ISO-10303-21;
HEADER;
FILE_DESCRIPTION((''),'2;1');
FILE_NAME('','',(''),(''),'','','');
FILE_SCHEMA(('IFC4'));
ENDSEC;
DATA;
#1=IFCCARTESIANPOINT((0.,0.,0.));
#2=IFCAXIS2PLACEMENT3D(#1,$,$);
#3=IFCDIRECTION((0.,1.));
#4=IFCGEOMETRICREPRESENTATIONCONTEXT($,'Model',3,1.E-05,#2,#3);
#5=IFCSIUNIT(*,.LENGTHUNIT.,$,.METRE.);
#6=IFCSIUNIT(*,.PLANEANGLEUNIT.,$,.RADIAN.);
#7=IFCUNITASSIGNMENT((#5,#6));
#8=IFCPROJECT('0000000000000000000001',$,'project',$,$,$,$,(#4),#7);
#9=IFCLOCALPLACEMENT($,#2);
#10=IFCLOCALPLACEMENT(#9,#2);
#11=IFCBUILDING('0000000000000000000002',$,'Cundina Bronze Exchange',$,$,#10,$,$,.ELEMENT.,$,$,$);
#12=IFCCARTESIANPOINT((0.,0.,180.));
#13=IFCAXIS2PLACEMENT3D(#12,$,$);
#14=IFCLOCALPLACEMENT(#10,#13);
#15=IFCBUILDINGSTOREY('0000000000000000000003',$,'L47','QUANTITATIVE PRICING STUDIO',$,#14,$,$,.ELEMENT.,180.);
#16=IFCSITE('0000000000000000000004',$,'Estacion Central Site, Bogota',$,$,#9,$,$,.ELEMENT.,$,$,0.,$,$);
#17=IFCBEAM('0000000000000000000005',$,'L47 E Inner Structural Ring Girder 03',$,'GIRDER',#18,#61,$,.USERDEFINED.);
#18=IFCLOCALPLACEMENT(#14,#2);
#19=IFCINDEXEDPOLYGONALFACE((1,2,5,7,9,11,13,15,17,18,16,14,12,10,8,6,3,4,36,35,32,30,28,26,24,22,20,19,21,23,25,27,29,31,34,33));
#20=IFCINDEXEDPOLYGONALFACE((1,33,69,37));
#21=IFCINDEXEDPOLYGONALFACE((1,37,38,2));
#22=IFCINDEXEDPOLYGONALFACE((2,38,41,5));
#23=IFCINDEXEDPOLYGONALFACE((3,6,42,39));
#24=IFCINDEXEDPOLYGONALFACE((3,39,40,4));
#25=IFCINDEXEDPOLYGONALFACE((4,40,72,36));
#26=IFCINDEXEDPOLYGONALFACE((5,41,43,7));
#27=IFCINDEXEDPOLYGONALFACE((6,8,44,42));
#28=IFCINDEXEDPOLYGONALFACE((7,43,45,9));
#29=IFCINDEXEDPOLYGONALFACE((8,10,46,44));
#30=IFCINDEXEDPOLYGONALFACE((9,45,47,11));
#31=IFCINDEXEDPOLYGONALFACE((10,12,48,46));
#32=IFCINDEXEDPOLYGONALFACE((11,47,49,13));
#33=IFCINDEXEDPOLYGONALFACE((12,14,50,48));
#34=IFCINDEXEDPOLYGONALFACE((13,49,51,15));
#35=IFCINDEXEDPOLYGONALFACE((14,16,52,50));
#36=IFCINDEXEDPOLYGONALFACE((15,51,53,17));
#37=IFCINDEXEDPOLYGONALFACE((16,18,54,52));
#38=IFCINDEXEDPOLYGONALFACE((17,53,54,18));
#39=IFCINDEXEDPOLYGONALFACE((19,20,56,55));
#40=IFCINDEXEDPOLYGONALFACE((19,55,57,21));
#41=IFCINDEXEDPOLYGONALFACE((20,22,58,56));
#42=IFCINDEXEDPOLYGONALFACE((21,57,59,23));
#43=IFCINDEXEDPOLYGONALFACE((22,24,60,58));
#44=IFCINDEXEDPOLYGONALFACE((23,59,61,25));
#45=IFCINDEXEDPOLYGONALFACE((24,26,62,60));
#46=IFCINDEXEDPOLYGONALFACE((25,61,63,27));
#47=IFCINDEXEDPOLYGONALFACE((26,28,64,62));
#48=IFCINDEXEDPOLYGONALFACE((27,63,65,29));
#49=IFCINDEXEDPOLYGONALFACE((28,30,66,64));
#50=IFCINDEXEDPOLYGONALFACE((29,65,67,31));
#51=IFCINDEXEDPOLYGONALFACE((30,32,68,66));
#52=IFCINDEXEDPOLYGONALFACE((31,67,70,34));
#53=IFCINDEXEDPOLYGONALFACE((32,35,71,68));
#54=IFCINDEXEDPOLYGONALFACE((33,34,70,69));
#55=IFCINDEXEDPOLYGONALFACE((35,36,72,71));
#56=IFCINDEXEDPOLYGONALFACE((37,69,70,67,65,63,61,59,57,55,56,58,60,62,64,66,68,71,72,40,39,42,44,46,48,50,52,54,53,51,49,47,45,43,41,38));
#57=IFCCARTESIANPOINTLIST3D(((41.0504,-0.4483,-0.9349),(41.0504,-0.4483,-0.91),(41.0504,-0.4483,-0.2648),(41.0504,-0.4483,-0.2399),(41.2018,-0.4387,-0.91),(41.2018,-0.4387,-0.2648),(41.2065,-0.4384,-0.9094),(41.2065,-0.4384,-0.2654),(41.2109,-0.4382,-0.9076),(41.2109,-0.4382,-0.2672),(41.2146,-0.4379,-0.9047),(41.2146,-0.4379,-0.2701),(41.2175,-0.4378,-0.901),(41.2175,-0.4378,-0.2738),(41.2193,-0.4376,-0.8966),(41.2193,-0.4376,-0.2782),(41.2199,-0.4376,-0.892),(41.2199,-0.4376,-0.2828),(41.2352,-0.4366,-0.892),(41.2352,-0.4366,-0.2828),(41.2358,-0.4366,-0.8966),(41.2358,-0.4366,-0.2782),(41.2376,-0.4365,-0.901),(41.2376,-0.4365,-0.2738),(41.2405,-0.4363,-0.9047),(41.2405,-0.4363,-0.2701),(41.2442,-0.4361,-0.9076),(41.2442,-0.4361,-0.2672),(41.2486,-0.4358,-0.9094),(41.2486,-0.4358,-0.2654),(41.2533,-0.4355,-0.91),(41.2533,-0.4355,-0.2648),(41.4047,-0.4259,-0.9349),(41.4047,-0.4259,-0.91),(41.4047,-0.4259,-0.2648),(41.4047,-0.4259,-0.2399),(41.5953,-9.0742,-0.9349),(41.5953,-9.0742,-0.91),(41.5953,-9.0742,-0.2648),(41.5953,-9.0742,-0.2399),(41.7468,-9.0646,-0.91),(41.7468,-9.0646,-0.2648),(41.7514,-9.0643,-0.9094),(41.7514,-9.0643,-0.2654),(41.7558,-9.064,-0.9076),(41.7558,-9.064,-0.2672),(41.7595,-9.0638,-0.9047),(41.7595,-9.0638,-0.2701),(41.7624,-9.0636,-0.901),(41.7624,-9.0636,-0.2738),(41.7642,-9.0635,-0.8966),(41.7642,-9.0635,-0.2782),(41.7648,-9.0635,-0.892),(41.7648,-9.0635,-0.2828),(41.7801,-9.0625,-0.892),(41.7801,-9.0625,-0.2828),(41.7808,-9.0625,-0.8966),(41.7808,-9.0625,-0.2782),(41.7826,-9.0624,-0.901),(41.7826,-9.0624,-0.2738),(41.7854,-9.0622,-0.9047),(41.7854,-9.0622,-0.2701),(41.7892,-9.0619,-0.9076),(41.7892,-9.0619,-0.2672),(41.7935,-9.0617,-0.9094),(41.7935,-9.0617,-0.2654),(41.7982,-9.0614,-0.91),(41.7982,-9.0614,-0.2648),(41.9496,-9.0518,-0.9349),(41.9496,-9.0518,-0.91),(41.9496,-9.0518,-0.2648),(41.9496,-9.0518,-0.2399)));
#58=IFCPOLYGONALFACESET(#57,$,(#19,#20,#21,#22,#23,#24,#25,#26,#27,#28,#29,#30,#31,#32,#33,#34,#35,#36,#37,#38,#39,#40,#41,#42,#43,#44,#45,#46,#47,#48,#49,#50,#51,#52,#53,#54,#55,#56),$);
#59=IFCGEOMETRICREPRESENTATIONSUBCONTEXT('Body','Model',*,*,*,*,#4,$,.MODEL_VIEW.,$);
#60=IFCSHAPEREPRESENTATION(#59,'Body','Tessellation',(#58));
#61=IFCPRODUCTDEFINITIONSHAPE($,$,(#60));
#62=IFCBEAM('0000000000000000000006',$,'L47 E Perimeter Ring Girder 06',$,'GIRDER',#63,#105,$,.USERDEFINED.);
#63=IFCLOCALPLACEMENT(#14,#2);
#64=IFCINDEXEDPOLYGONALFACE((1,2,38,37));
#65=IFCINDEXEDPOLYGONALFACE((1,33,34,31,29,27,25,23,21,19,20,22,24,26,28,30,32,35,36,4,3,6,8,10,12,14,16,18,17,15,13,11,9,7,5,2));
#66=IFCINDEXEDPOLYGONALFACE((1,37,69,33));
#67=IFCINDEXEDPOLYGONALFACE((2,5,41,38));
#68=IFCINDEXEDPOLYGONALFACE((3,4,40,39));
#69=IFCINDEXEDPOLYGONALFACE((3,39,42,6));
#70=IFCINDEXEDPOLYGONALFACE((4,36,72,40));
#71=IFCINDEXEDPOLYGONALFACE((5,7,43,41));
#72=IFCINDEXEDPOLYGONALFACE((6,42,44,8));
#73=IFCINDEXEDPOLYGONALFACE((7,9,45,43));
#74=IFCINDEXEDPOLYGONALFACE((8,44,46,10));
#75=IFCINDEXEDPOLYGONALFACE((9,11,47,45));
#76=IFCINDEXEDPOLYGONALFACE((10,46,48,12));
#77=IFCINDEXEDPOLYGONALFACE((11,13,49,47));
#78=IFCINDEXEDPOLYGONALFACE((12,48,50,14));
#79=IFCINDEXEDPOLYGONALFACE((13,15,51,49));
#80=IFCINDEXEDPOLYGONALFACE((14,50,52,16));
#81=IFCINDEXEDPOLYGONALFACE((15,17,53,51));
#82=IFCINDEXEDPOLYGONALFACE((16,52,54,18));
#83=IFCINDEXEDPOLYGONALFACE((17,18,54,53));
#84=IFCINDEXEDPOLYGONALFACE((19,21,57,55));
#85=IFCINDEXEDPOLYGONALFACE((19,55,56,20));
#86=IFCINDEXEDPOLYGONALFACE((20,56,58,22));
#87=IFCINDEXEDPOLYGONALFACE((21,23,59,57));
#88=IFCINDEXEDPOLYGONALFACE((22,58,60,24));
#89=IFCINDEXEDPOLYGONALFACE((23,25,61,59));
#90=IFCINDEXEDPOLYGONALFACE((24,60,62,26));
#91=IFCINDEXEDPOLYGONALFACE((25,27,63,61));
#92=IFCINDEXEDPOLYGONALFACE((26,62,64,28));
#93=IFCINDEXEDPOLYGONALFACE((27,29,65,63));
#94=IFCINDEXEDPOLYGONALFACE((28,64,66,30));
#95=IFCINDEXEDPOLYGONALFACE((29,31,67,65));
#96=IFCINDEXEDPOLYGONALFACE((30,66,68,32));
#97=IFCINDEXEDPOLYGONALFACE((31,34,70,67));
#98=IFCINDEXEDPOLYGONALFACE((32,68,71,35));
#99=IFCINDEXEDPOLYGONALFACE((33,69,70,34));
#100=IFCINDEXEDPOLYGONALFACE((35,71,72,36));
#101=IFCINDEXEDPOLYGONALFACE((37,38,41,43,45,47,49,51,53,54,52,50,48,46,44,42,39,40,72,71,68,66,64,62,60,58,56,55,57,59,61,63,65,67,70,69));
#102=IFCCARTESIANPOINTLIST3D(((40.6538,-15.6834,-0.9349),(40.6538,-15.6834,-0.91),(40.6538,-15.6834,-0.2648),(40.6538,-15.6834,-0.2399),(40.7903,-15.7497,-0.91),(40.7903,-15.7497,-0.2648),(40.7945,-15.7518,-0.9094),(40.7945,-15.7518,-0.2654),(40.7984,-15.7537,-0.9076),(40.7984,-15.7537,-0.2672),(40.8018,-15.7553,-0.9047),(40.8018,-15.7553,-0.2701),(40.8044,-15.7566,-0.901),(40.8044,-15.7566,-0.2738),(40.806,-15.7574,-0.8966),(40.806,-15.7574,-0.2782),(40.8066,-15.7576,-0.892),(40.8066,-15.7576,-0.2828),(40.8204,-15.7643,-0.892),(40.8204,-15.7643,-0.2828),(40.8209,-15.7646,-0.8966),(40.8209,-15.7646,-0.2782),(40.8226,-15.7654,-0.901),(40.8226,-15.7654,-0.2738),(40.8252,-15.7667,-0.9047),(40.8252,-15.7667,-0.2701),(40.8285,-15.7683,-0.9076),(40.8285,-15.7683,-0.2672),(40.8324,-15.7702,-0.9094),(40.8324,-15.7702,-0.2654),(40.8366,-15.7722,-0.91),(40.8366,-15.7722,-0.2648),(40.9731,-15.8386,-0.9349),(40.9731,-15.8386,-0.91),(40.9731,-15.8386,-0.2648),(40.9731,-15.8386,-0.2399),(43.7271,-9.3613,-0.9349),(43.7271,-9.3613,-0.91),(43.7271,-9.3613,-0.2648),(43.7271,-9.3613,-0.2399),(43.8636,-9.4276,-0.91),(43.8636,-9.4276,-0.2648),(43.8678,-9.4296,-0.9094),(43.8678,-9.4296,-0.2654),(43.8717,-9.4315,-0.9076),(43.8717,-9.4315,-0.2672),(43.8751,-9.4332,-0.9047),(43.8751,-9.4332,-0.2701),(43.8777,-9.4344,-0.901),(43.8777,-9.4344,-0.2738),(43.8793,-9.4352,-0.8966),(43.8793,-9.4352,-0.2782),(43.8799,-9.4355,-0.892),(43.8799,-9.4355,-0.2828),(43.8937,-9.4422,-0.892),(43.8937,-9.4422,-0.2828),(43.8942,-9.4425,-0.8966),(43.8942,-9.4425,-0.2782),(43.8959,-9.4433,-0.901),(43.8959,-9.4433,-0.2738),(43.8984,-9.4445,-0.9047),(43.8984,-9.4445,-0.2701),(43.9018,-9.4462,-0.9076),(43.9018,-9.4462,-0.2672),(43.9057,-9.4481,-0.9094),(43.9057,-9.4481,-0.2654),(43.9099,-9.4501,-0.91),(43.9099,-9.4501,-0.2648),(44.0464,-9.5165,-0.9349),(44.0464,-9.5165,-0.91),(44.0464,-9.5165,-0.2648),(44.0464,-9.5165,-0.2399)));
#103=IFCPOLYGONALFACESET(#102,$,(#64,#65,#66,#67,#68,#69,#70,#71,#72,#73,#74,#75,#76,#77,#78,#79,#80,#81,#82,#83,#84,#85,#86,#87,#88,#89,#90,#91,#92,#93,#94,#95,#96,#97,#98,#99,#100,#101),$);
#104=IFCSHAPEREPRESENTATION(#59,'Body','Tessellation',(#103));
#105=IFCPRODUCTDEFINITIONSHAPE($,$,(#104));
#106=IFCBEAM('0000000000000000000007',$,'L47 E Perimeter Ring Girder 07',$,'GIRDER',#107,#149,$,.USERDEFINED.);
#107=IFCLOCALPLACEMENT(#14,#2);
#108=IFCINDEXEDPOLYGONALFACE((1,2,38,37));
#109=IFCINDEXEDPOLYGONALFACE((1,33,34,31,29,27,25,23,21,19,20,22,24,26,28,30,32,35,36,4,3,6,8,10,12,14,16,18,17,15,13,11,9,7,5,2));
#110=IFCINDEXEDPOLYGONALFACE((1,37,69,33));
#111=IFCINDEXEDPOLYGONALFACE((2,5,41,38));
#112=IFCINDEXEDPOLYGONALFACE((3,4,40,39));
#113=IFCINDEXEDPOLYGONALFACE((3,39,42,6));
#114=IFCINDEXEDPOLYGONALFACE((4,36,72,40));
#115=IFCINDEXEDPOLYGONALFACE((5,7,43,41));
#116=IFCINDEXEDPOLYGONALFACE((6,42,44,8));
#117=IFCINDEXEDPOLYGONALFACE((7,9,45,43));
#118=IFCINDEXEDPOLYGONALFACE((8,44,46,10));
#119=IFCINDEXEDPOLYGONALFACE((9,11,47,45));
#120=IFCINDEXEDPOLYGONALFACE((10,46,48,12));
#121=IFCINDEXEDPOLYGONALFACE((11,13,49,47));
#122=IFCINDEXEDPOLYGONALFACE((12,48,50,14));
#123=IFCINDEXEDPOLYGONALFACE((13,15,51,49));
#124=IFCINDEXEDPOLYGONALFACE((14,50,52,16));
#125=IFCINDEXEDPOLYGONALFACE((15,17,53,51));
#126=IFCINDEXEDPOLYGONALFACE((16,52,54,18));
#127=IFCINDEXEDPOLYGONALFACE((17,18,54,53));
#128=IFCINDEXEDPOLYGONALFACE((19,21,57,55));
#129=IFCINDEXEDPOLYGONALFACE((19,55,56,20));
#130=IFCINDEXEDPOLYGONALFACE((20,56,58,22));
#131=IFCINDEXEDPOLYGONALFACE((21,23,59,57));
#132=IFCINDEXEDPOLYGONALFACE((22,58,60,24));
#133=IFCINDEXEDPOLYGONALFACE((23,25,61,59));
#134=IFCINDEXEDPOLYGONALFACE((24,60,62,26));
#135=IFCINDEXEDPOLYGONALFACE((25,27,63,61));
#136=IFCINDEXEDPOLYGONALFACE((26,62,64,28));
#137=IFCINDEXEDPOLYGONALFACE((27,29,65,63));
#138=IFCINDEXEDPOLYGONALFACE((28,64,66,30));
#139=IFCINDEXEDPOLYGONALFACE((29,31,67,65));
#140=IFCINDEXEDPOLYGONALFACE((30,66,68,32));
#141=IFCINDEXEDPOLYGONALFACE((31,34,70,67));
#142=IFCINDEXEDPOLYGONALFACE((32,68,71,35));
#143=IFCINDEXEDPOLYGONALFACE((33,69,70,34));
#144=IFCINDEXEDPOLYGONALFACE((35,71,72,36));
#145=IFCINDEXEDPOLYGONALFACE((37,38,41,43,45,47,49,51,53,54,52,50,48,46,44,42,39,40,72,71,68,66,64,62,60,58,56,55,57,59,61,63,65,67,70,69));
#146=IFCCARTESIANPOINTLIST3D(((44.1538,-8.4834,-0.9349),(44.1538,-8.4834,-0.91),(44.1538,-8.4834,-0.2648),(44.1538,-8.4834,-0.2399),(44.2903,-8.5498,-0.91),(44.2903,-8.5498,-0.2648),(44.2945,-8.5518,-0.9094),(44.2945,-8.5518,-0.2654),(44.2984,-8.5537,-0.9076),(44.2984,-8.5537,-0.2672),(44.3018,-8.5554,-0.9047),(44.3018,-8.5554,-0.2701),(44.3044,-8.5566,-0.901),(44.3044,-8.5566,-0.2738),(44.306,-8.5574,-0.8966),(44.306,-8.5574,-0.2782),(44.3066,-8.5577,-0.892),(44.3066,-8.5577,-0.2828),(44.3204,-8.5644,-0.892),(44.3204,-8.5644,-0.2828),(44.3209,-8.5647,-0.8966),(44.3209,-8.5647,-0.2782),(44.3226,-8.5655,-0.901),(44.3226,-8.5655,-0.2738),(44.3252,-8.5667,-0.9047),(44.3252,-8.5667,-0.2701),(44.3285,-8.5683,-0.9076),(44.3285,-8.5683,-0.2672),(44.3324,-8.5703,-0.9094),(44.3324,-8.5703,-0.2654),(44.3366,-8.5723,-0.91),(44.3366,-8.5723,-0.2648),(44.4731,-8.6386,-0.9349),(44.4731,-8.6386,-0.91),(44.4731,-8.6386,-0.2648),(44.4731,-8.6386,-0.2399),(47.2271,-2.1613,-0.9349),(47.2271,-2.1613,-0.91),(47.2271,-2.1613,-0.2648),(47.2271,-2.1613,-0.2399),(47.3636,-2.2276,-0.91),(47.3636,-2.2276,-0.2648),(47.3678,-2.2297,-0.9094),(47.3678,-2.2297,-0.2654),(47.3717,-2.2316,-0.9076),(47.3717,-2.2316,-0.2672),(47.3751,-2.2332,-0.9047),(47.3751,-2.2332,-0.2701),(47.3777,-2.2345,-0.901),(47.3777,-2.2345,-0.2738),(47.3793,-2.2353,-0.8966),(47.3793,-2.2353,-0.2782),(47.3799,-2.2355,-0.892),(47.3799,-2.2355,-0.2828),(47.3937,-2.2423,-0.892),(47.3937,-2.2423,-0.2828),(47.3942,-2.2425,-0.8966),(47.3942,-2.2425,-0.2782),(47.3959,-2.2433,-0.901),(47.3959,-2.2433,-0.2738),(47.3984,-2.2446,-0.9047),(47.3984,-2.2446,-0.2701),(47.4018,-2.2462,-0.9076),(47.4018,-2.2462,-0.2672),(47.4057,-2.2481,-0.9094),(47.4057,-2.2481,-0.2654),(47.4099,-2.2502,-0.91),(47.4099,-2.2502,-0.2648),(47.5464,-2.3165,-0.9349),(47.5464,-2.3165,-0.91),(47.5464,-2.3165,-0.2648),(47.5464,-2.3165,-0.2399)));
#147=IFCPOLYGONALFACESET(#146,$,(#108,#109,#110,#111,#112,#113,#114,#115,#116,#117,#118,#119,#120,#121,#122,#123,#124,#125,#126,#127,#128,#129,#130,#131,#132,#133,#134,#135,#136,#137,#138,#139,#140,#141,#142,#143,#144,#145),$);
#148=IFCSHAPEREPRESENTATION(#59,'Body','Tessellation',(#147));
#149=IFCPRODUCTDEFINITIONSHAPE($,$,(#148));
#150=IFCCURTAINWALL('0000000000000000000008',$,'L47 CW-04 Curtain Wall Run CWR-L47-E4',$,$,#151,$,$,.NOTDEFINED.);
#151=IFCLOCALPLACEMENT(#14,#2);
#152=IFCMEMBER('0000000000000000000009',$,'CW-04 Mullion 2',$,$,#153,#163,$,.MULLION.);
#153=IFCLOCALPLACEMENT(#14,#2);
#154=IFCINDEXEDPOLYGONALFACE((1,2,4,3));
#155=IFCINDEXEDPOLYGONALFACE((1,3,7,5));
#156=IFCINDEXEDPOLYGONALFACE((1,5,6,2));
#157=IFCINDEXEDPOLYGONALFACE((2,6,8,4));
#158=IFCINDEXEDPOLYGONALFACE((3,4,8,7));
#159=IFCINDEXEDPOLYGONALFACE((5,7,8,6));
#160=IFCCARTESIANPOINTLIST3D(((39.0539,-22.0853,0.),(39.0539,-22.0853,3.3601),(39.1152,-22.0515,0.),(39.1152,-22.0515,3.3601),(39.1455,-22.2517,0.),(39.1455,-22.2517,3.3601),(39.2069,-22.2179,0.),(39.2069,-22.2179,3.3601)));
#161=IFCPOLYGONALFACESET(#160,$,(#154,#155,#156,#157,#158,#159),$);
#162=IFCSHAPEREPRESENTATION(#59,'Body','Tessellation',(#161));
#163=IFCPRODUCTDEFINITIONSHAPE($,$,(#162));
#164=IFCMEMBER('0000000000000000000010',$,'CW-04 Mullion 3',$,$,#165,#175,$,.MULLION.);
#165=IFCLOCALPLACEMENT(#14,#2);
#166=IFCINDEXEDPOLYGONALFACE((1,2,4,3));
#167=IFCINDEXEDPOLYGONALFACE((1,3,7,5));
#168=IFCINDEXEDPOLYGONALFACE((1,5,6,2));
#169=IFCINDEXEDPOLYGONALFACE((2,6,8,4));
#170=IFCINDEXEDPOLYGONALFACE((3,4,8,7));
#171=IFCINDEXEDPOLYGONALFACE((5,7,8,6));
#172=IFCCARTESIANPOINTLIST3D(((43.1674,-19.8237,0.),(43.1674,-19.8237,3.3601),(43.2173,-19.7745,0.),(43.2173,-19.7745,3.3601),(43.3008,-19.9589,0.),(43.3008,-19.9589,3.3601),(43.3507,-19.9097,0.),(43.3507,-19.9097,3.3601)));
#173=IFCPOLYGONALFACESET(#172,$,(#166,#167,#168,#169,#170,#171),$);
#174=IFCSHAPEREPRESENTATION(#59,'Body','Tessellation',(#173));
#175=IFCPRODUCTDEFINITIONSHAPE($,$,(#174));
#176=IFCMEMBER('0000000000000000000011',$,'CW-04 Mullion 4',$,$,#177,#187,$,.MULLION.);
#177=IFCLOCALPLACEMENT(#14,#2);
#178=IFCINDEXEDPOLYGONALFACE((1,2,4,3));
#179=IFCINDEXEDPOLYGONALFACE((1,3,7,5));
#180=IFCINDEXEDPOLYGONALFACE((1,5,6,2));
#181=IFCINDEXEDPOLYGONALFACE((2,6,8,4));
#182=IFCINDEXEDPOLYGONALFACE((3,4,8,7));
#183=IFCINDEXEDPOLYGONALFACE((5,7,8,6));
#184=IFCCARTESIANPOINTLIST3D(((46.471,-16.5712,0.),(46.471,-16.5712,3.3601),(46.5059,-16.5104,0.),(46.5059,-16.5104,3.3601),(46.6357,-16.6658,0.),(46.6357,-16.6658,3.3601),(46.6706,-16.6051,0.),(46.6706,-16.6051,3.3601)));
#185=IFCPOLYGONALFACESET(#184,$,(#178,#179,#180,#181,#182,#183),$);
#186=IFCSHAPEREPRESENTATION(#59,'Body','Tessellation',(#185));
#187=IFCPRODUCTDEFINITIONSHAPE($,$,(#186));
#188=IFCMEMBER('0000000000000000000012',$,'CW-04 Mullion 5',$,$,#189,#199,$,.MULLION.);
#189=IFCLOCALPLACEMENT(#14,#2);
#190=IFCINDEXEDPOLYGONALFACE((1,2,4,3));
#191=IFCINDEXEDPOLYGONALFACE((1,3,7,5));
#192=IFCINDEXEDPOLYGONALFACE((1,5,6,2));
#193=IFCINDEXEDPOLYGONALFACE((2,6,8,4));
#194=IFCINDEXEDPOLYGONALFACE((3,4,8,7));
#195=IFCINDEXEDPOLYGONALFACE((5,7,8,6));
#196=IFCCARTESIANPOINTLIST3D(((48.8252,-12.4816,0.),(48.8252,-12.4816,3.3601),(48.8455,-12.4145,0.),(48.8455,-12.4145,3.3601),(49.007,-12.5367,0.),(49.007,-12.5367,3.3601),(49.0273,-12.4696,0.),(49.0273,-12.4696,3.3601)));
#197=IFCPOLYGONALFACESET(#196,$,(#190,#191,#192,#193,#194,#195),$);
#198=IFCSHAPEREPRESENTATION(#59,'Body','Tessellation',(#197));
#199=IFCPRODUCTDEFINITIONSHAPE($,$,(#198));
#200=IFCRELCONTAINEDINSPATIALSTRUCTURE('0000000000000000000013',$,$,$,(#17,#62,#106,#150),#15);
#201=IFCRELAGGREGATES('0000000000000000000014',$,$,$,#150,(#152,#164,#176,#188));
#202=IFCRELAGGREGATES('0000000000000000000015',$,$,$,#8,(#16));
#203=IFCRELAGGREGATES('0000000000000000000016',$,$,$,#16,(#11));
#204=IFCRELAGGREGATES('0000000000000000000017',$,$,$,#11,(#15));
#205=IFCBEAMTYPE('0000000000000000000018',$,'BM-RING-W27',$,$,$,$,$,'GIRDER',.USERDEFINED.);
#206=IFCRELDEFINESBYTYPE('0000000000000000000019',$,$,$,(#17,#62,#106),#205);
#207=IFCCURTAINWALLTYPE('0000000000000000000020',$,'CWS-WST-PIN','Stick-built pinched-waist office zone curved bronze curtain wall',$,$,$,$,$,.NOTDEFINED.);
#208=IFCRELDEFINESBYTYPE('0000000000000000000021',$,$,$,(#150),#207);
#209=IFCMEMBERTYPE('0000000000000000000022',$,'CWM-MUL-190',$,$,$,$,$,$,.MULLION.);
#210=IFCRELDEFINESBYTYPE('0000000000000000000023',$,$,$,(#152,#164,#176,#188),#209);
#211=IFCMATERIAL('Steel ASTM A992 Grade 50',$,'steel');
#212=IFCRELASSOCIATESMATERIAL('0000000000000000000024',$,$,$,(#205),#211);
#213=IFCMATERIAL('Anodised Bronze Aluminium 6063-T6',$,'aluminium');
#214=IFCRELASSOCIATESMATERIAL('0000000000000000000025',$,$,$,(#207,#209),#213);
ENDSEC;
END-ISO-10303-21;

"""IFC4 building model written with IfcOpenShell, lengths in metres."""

from ifc_helpers import new_model, si_unit, direction, frame, origin, origin_2d, place, context, subcontext, project, spatial, rectangle, i_section, extrude, material, material_profile, profile_set, type_object, element, aggregate, save


model = new_model("IFC4")

# Units and contexts
model_context = context("Model", 3, precision=1e-05, world=origin(), true_north=direction((0.0, 1.0)))
body_context = subcontext(model_context, "Body", "Model", "MODEL_VIEW")
ifc_project = project(units=[si_unit("LENGTHUNIT", "METRE"), si_unit("PLANEANGLEUNIT", "RADIAN")], contexts=[model_context])

# Site, building, storey
site_placement = place(None, origin())
site = spatial("IfcSite", under=ifc_project, at=site_placement, Name="Estacion Central Site, Bogota", CompositionType="ELEMENT", RefElevation=0.0)
building_placement = place(site_placement, origin())
building = spatial("IfcBuilding", under=site, at=building_placement, Name="Cundina Bronze Exchange", CompositionType="ELEMENT")
storey_placement = place(building_placement, frame((0.0, 0.0, 180.0)))
storey = spatial("IfcBuildingStorey", under=building, at=storey_placement, Name="L47", Description="QUANTITATIVE PRICING STUDIO", CompositionType="ELEMENT", Elevation=180.0)

# Beams
ifc_material_1 = material(Name="Steel ASTM A992 Grade 50", Category="steel")
ifc_material_profile_1 = material_profile(ifc_material_1, i_section(OverallWidth=0.355, OverallDepth=0.6951, WebThickness=0.0154, FlangeThickness=0.0249, FilletRadius=0.0181, at=origin_2d()), Name="W27X146", Category="steel")
ifc_profile_set_1 = profile_set([ifc_material_profile_1], Name="Steel ASTM A992 Grade 50")
beam_type_1 = type_object("IfcBeamType", Name="BM-RING-W27", ElementType="GIRDER", PredefinedType="USERDEFINED", material=ifc_profile_set_1)
beam_1_placement = place(storey_placement, frame((41.7725, -9.063, -0.5874), z_axis=(-0.063047, 0.998011, 0.0), x_axis=(-0.998011, -0.063047, 0.0)))
element("IfcBeam", 1, at=beam_1_placement, inside=storey, type_object=beam_type_1, Name="L47 E Inner Structural Ring Girder 03", ObjectType="GIRDER", PredefinedType="USERDEFINED", context=body_context, shape_type="SweptSolid", body=[
    extrude(i_section(OverallWidth=0.355, OverallDepth=0.6951, WebThickness=0.0154, FlangeThickness=0.0249, FilletRadius=0.0181, at=origin_2d()), origin(), (0.0, 0.0, 1.0), 8.6431),
])
for number, where, z_axis, x_axis, name in (
    (2, (40.8135, -15.761, -0.5874), (0.437197, 0.899366, 0.0), (-0.899366, 0.437197, 0.0), "L47 E Perimeter Ring Girder 06"),
    (3, (44.3135, -8.561, -0.5874), (0.437197, 0.899366, 0.0), (-0.899366, 0.437197, 0.0), "L47 E Perimeter Ring Girder 07"),
):
    element("IfcBeam", number, at=place(storey_placement, frame(where, z_axis=z_axis, x_axis=x_axis)), inside=storey, type_object=beam_type_1, Name=name, ObjectType="GIRDER", PredefinedType="USERDEFINED", context=body_context, shape_type="SweptSolid", body=[
        extrude(i_section(OverallWidth=0.355, OverallDepth=0.6951, WebThickness=0.0154, FlangeThickness=0.0249, FilletRadius=0.0181, at=origin_2d()), origin(), (0.0, 0.0, 1.0), 7.0295),
    ])

# Curtain wall, members
ifc_material_2 = material(Name="Anodised Bronze Aluminium 6063-T6", Category="aluminium")
curtain_wall_type = type_object("IfcCurtainWallType", Name="CWS-WST-PIN", Description="Stick-built pinched-waist office zone curved bronze curtain wall", PredefinedType="NOTDEFINED", material=ifc_material_2)
curtain_wall_placement = place(storey_placement, origin())
curtain_wall = element("IfcCurtainWall", 4, at=curtain_wall_placement, inside=storey, type_object=curtain_wall_type, Name="L47 CW-04 Curtain Wall Run CWR-L47-E4", PredefinedType="NOTDEFINED")
ifc_material_profile_2 = material_profile(ifc_material_2, rectangle(XDim=0.0701, YDim=0.1899, at=origin_2d()), Name="AL70X190", Category="aluminium")
ifc_profile_set_2 = profile_set([ifc_material_profile_2], Name="Anodised Bronze Aluminium 6063-T6")
member_type_1 = type_object("IfcMemberType", Name="CWM-MUL-190", PredefinedType="MULLION", material=ifc_profile_set_2)
member_1_placement = place(storey_placement, frame((39.1304, -22.1516, 0.0), z_axis=(0.0, 0.0, 1.0), x_axis=(0.875886, 0.482518, 0.0)))
member_1 = element("IfcMember", 5, at=member_1_placement, type_object=member_type_1, Name="CW-04 Mullion 2", PredefinedType="MULLION", context=body_context, shape_type="SweptSolid", body=[
    extrude(rectangle(XDim=0.0701, YDim=0.1899, at=origin_2d()), origin(), (0.0, 0.0, 1.0), 3.3601),
])
member_2_placement = place(storey_placement, frame((43.259, -19.8667, 0.0), z_axis=(0.0, 0.0, 1.0), x_axis=(0.712026, 0.702153, 0.0)))
member_2 = element("IfcMember", 6, at=member_2_placement, type_object=member_type_1, Name="CW-04 Mullion 3", PredefinedType="MULLION", context=body_context, shape_type="SweptSolid", body=[
    extrude(rectangle(XDim=0.0701, YDim=0.1899, at=origin_2d()), origin(), (0.0, 0.0, 1.0), 3.3601),
])
member_3_placement = place(storey_placement, frame((46.5708, -16.5881, 0.0), z_axis=(0.0, 0.0, 1.0), x_axis=(0.498488, 0.866897, 0.0)))
member_3 = element("IfcMember", 7, at=member_3_placement, type_object=member_type_1, Name="CW-04 Mullion 4", PredefinedType="MULLION", context=body_context, shape_type="SweptSolid", body=[
    extrude(rectangle(XDim=0.0701, YDim=0.1899, at=origin_2d()), origin(), (0.0, 0.0, 1.0), 3.3601),
])
member_4_placement = place(storey_placement, frame((48.9263, -12.4756, 0.0), z_axis=(0.0, 0.0, 1.0), x_axis=(0.290034, 0.957016, 0.0)))
member_4 = element("IfcMember", 8, at=member_4_placement, type_object=member_type_1, Name="CW-04 Mullion 5", PredefinedType="MULLION", context=body_context, shape_type="SweptSolid", body=[
    extrude(rectangle(XDim=0.0701, YDim=0.1899, at=origin_2d()), origin(), (0.0, 0.0, 1.0), 3.3601),
])
aggregate(curtain_wall, [member_1, member_2, member_3, member_4])

save(model, "model.ifc")
